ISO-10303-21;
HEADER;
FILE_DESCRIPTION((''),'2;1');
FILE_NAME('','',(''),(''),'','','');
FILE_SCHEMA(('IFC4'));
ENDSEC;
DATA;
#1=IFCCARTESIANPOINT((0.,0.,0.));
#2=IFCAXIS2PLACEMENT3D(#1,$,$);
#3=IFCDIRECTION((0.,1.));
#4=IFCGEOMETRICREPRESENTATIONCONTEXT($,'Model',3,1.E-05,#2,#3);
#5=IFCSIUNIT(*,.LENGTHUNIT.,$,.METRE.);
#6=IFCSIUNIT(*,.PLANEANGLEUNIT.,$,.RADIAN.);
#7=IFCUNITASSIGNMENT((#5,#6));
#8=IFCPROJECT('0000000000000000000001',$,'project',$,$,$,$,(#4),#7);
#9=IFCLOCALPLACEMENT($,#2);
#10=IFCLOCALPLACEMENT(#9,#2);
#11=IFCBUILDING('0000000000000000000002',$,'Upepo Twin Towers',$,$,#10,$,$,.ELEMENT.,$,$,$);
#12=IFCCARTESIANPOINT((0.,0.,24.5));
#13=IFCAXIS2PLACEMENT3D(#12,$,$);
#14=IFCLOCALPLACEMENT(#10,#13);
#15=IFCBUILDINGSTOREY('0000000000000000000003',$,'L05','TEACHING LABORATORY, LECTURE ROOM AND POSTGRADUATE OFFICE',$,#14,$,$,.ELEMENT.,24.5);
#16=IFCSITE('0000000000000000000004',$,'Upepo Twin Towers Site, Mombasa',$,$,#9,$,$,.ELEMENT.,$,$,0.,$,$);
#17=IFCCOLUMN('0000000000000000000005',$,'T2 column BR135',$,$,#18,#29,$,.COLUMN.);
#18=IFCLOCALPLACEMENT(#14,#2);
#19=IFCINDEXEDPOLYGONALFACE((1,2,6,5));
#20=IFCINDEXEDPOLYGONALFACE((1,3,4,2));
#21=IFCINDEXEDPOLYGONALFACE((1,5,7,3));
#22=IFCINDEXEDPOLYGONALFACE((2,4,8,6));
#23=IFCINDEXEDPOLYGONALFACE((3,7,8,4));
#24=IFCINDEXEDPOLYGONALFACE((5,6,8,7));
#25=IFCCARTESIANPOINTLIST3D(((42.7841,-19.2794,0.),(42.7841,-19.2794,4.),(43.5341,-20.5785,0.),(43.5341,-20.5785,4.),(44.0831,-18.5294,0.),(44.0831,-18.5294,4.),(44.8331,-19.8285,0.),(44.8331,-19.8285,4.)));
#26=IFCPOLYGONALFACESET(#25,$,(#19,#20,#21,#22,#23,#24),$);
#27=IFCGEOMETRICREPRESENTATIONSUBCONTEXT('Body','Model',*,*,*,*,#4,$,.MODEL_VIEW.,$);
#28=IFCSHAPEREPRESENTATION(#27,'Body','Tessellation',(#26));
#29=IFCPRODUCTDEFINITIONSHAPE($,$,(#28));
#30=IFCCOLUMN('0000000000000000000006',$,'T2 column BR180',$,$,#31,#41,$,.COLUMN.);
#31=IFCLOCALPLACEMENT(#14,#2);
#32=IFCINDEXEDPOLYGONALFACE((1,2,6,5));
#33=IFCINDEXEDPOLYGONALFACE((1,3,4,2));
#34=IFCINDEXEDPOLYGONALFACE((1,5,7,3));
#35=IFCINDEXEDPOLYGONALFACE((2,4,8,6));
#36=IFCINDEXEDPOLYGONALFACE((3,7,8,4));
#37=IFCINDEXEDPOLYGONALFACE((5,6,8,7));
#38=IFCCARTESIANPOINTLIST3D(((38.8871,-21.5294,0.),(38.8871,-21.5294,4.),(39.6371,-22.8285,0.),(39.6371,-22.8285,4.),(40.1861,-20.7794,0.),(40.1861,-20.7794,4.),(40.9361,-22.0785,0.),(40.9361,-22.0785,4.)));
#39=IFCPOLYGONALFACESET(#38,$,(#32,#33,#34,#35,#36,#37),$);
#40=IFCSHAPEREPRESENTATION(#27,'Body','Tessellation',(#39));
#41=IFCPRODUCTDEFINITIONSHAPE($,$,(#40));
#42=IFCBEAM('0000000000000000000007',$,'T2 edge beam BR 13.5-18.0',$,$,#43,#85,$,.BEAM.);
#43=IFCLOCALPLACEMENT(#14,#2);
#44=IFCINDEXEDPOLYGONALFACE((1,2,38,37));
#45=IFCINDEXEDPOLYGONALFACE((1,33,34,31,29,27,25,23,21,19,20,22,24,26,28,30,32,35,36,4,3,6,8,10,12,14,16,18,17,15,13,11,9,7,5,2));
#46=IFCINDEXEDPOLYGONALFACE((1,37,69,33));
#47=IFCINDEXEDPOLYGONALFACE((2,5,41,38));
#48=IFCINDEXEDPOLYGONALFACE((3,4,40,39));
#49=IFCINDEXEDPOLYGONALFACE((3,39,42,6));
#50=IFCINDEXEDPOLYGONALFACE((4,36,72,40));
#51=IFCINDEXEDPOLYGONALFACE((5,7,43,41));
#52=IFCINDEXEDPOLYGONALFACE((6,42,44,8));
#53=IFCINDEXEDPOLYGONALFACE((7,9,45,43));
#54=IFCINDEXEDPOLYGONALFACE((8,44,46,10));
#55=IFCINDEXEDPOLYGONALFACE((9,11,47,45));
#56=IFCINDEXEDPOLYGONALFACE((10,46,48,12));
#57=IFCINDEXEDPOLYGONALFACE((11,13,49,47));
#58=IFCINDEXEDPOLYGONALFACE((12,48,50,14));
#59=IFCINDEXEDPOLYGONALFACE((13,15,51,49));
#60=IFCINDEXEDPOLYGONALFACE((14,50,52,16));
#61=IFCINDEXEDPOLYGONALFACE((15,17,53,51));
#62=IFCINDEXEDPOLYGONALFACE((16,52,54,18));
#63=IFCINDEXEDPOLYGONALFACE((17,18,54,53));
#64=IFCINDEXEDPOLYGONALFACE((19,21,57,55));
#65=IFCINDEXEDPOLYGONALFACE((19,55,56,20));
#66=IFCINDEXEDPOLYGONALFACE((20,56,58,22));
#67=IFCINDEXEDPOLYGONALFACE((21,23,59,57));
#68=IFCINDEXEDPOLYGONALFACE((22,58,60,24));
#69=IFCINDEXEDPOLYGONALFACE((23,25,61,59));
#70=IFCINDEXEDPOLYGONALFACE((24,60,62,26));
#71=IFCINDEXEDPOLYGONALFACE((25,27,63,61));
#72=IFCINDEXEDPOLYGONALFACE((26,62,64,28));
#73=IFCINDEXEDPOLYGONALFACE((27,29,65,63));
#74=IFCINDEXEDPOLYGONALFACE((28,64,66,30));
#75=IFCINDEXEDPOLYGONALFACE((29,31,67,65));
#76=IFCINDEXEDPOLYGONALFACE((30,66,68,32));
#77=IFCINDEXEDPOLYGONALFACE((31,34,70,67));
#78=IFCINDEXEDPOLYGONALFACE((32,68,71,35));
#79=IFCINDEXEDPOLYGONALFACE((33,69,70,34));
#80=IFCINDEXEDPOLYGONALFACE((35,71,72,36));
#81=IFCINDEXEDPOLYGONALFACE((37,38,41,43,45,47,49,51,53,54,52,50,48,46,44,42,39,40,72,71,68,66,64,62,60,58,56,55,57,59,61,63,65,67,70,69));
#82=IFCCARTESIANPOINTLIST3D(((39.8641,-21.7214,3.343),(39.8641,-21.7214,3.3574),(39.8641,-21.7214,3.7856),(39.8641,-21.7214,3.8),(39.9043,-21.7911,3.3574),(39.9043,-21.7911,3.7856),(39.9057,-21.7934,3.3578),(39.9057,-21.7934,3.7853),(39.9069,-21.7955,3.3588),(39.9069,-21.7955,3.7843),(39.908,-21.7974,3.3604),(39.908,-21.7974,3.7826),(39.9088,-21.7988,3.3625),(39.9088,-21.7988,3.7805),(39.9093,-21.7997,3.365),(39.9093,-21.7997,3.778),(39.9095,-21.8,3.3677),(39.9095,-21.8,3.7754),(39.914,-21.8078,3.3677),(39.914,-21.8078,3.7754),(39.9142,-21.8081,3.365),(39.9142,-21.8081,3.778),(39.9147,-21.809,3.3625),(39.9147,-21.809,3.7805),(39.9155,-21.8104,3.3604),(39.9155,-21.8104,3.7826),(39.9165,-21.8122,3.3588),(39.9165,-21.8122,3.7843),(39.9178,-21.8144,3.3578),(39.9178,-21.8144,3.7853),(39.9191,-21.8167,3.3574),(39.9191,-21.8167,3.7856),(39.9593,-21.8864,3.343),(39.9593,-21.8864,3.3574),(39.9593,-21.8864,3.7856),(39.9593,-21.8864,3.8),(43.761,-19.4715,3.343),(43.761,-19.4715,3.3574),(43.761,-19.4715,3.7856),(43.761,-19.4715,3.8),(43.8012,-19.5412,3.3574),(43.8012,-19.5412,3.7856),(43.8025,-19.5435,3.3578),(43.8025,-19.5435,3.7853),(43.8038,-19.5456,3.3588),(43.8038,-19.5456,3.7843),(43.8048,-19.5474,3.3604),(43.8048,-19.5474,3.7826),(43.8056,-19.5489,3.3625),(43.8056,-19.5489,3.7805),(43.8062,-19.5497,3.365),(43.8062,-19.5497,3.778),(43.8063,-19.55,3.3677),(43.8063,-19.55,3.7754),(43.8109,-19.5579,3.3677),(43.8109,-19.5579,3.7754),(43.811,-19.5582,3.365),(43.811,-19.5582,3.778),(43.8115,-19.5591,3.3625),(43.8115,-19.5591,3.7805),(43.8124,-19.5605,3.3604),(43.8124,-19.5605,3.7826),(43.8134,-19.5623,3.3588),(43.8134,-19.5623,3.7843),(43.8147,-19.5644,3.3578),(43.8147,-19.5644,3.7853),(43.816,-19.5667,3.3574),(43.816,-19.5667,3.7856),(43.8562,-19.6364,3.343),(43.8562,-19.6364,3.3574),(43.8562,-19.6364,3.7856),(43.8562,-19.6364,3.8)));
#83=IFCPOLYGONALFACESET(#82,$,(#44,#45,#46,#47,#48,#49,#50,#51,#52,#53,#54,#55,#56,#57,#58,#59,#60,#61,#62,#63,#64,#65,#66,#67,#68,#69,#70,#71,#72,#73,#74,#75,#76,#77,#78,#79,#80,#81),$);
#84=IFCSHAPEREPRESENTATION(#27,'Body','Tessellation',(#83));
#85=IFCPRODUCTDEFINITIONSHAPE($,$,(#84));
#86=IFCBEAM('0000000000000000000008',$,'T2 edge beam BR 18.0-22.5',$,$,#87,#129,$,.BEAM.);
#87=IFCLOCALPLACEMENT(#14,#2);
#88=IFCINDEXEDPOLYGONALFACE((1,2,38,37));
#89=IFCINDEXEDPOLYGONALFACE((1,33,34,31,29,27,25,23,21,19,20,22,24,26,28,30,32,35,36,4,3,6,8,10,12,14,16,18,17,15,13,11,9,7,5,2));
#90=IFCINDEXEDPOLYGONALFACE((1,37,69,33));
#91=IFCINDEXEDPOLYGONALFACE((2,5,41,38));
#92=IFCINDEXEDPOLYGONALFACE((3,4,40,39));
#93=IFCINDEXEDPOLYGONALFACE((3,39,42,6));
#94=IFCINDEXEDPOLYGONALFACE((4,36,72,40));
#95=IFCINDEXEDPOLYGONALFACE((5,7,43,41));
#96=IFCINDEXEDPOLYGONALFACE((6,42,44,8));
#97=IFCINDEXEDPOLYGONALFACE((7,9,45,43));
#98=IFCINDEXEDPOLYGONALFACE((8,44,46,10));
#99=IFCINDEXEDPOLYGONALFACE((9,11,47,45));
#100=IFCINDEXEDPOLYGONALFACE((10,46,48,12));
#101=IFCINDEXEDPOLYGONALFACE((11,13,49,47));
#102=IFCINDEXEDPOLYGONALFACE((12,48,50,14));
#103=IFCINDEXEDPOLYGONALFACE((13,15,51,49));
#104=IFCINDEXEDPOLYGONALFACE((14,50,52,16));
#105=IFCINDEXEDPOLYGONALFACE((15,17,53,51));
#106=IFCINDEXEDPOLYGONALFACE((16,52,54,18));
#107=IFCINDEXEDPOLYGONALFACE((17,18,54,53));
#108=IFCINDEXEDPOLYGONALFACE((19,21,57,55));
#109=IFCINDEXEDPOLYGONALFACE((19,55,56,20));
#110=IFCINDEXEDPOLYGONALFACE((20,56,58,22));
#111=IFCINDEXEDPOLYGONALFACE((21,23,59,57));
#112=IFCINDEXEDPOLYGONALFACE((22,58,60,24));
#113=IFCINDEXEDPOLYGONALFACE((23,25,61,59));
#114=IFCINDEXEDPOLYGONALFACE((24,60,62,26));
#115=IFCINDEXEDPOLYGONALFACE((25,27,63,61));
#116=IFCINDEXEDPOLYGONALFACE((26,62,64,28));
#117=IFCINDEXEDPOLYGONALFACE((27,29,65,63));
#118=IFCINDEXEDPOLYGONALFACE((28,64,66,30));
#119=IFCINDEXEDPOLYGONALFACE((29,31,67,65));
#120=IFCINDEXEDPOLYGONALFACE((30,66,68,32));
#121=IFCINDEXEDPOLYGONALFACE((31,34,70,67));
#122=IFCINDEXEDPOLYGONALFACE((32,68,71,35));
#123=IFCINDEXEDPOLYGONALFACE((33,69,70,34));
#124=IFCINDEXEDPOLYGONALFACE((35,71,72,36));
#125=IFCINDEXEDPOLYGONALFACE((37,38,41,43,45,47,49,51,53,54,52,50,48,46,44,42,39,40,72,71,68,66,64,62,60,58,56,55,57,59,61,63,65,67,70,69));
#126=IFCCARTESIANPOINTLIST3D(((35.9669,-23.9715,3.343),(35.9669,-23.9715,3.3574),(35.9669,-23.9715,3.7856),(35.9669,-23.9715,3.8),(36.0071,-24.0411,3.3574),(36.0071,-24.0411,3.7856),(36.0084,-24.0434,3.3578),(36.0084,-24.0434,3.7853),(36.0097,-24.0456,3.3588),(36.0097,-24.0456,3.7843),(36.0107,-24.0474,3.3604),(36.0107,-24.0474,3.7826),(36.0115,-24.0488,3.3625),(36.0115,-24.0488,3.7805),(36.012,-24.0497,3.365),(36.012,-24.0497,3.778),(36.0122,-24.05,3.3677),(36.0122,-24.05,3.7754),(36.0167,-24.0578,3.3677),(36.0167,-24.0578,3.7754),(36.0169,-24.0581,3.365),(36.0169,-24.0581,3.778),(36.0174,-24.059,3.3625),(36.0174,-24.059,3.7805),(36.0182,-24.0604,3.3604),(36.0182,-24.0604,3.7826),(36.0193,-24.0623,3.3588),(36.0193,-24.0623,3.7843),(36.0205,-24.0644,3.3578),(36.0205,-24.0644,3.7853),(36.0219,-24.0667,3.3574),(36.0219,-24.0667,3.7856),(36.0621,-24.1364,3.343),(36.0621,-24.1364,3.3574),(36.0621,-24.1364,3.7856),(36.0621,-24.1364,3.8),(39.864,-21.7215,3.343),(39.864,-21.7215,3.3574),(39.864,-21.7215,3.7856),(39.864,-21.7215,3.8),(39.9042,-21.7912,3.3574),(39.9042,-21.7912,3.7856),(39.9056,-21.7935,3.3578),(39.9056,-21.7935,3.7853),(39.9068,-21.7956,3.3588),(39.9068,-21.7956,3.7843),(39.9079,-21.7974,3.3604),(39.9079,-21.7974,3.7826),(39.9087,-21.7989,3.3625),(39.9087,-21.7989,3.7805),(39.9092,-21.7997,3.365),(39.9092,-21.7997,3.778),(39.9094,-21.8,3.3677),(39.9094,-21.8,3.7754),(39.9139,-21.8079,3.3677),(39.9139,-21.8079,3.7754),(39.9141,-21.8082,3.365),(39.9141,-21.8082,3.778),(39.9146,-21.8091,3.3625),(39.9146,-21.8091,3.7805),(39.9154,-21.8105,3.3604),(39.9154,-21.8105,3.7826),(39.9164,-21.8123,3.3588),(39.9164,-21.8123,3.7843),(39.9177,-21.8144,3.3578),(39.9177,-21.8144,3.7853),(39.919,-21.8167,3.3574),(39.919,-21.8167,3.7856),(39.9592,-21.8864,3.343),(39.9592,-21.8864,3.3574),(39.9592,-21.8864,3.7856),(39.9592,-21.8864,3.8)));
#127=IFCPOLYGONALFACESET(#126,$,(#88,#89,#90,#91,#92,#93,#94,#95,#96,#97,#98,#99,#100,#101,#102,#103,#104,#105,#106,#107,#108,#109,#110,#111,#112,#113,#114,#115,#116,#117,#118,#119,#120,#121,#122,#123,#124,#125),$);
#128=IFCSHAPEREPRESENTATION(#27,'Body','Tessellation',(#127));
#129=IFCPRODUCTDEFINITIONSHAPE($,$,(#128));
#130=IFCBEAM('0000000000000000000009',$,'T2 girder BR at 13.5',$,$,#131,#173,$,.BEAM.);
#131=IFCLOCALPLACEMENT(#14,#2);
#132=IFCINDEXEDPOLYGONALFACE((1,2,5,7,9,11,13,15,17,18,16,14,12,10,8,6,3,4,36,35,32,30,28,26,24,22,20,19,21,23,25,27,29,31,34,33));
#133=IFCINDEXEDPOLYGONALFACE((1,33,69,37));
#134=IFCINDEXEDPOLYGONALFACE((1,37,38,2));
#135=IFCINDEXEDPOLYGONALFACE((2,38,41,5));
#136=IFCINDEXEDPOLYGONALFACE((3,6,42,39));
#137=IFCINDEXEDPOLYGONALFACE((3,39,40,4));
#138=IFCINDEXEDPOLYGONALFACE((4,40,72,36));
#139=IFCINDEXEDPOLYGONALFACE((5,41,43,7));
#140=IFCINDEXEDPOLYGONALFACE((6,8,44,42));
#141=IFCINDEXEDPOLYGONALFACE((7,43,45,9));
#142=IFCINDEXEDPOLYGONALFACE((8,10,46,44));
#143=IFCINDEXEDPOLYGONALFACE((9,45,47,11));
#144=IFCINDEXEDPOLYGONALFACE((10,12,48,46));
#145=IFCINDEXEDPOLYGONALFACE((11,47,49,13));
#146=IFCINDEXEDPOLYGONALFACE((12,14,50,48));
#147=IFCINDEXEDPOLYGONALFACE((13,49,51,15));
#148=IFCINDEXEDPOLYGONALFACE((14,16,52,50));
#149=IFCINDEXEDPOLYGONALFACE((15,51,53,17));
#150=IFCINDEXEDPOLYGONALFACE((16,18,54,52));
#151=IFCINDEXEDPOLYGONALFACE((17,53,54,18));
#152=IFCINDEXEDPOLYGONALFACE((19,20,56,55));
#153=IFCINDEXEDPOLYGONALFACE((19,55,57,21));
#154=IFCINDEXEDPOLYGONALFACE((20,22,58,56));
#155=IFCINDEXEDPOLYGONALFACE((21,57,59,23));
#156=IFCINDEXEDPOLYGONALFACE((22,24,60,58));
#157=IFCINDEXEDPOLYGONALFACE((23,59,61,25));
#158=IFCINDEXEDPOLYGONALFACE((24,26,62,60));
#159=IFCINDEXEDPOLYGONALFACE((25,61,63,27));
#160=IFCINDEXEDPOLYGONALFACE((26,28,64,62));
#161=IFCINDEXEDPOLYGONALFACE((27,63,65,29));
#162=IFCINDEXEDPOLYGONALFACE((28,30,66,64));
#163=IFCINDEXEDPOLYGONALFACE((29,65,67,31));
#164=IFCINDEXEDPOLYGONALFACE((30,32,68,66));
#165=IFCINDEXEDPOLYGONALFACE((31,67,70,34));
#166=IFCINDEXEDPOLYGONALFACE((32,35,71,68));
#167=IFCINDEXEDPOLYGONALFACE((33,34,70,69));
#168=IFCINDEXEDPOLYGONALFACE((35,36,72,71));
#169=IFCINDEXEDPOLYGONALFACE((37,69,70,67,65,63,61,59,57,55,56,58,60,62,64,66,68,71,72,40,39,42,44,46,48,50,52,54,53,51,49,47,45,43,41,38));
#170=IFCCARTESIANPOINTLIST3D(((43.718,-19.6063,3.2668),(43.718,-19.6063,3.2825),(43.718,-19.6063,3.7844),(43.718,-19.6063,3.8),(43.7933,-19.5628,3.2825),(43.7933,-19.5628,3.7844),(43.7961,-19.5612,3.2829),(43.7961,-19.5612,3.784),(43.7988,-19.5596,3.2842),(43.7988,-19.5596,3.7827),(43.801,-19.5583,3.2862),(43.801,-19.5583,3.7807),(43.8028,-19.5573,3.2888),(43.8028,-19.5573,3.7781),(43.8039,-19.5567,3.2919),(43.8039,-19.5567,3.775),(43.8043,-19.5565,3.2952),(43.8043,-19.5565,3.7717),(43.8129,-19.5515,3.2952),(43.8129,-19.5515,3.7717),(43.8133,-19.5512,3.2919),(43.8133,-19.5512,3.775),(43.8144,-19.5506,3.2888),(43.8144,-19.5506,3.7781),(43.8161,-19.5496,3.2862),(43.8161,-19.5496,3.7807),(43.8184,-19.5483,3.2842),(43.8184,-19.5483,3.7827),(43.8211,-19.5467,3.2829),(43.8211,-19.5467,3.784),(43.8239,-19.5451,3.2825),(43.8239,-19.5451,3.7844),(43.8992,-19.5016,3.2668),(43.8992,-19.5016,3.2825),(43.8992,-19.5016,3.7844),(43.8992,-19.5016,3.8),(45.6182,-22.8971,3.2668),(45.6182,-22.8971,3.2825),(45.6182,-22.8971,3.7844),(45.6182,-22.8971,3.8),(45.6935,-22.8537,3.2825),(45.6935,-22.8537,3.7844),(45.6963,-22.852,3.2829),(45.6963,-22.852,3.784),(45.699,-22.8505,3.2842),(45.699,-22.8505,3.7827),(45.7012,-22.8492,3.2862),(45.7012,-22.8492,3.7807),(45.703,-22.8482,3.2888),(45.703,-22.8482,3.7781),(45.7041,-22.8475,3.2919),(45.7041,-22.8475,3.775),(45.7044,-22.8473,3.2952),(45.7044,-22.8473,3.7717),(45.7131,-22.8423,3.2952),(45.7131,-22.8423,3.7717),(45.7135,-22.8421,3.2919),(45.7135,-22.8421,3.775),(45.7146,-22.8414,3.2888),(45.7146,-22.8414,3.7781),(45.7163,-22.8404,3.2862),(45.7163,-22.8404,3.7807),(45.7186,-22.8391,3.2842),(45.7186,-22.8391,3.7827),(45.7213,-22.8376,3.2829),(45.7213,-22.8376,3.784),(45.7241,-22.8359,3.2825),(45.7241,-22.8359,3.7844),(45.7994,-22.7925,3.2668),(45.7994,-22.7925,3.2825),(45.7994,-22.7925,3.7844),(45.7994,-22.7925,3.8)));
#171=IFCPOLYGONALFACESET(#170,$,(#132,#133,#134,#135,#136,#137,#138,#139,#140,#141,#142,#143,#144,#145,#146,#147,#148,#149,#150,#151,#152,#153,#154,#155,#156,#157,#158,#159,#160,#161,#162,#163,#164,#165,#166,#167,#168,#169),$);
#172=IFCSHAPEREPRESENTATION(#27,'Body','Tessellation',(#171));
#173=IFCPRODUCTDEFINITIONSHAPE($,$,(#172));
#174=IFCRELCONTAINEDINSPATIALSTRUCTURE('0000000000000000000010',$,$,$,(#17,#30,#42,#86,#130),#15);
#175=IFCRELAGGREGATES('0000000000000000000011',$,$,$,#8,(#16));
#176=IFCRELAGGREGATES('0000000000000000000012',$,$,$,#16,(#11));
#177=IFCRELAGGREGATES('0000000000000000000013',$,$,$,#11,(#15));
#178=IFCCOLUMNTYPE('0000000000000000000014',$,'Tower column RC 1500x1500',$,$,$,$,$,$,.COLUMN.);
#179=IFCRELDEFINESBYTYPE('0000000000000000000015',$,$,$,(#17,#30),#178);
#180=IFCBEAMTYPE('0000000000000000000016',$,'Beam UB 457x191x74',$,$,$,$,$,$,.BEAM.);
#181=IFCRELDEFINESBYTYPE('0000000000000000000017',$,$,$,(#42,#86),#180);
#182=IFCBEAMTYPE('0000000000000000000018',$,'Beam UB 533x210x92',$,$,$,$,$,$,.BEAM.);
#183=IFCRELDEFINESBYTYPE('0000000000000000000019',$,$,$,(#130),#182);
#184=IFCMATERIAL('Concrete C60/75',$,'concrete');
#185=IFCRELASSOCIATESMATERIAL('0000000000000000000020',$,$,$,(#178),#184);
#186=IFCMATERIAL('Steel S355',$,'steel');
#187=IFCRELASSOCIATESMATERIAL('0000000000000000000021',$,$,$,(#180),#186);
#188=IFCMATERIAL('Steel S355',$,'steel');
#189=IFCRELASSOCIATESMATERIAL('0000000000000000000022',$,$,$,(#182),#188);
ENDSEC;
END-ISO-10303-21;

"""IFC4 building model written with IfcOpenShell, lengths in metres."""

from ifc_helpers import new_model, si_unit, direction, frame, origin, origin_2d, place, context, subcontext, project, spatial, rectangle, i_section, extrude, material, material_profile, profile_set, type_object, element, save


model = new_model("IFC4")

# Units and contexts
model_context = context("Model", 3, precision=1e-05, world=origin(), true_north=direction((0.0, 1.0)))
body_context = subcontext(model_context, "Body", "Model", "MODEL_VIEW")
ifc_project = project(units=[si_unit("LENGTHUNIT", "METRE"), si_unit("PLANEANGLEUNIT", "RADIAN")], contexts=[model_context])

# Site, building, storey
site_placement = place(None, origin())
site = spatial("IfcSite", under=ifc_project, at=site_placement, Name="Upepo Twin Towers Site, Mombasa", CompositionType="ELEMENT", RefElevation=0.0)
building_placement = place(site_placement, origin())
building = spatial("IfcBuilding", under=site, at=building_placement, Name="Upepo Twin Towers", CompositionType="ELEMENT")
storey_placement = place(building_placement, frame((0.0, 0.0, 24.5)))
storey = spatial("IfcBuildingStorey", under=building, at=storey_placement, Name="L05", Description="TEACHING LABORATORY, LECTURE ROOM AND POSTGRADUATE OFFICE", CompositionType="ELEMENT", Elevation=24.5)

# Columns
ifc_material_1 = material(Name="Concrete C60/75", Category="concrete")
ifc_material_profile_1 = material_profile(ifc_material_1, rectangle(XDim=1.5, YDim=1.5, at=origin_2d()), Name="RC 1500x1500")
ifc_profile_set_1 = profile_set([ifc_material_profile_1], Name="Concrete C60/75")
column_type = type_object("IfcColumnType", Name="Tower column RC 1500x1500", PredefinedType="COLUMN", material=ifc_profile_set_1)
for number, where, z_axis, x_axis, name in (
    (1, (43.8086, -19.554, 0.0), (0.0, 0.0, 1.0), (0.866025, 0.5, 0.0), "T2 column BR135"),
    (2, (39.9116, -21.804, 0.0), (0.0, 0.0, 1.0), (0.866025, 0.5, 0.0), "T2 column BR180"),
):
    element("IfcColumn", number, at=place(storey_placement, frame(where, z_axis=z_axis, x_axis=x_axis)), inside=storey, type_object=column_type, Name=name, PredefinedType="COLUMN", context=body_context, shape_type="SweptSolid", body=[
        extrude(rectangle(XDim=1.5, YDim=1.5, at=origin_2d()), origin(), (0.0, 0.0, 1.0), 4.0),
    ])

# Beams
ifc_material_2 = material(Name="Steel S355", Category="steel")
ifc_material_profile_2 = material_profile(ifc_material_2, i_section(OverallWidth=0.1904, OverallDepth=0.457, WebThickness=0.009, FlangeThickness=0.0144, FilletRadius=0.0103, at=origin_2d()), Name="UB 457x191x74")
ifc_profile_set_2 = profile_set([ifc_material_profile_2], Name="Steel S355")
beam_type_1 = type_object("IfcBeamType", Name="Beam UB 457x191x74", PredefinedType="BEAM", material=ifc_profile_set_2)
beam_1_placement = place(storey_placement, frame((43.8086, -19.554, 3.5715), z_axis=(-0.866018, -0.500014, 0.0), x_axis=(0.500014, -0.866018, 0.0)))
element("IfcBeam", 3, at=beam_1_placement, inside=storey, type_object=beam_type_1, Name="T2 edge beam BR 13.5-18.0", PredefinedType="BEAM", context=body_context, shape_type="SweptSolid", body=[
    extrude(i_section(OverallWidth=0.1904, OverallDepth=0.457, WebThickness=0.009, FlangeThickness=0.0144, FilletRadius=0.0103, at=origin_2d()), origin(), (0.0, 0.0, 1.0), 4.4998),
])
beam_2_placement = place(storey_placement, frame((39.9116, -21.804, 3.5715), z_axis=(-0.866031, -0.49999, 0.0), x_axis=(0.49999, -0.866031, 0.0)))
element("IfcBeam", 4, at=beam_2_placement, inside=storey, type_object=beam_type_1, Name="T2 edge beam BR 18.0-22.5", PredefinedType="BEAM", context=body_context, shape_type="SweptSolid", body=[
    extrude(i_section(OverallWidth=0.1904, OverallDepth=0.457, WebThickness=0.009, FlangeThickness=0.0144, FilletRadius=0.0103, at=origin_2d()), origin(), (0.0, 0.0, 1.0), 4.5),
])
ifc_material_3 = material(Name="Steel S355", Category="steel")
ifc_material_profile_3 = material_profile(ifc_material_3, i_section(OverallWidth=0.2092, OverallDepth=0.5332, WebThickness=0.01, FlangeThickness=0.0156, FilletRadius=0.0127, at=origin_2d()), Name="UB 533x210x92")
ifc_profile_set_3 = profile_set([ifc_material_profile_3], Name="Steel S355")
beam_type_2 = type_object("IfcBeamType", Name="Beam UB 533x210x92", PredefinedType="BEAM", material=ifc_profile_set_3)
beam_3_placement = place(storey_placement, frame((43.8086, -19.554, 3.5334), z_axis=(0.500043, -0.866, 0.0), x_axis=(0.866, 0.500043, 0.0)))
element("IfcBeam", 5, at=beam_3_placement, inside=storey, type_object=beam_type_2, Name="T2 girder BR at 13.5", PredefinedType="BEAM", context=body_context, shape_type="SweptSolid", body=[
    extrude(i_section(OverallWidth=0.2092, OverallDepth=0.5332, WebThickness=0.01, FlangeThickness=0.0156, FilletRadius=0.0127, at=origin_2d()), origin(), (0.0, 0.0, 1.0), 3.8),
])

save(model, "model.ifc")
